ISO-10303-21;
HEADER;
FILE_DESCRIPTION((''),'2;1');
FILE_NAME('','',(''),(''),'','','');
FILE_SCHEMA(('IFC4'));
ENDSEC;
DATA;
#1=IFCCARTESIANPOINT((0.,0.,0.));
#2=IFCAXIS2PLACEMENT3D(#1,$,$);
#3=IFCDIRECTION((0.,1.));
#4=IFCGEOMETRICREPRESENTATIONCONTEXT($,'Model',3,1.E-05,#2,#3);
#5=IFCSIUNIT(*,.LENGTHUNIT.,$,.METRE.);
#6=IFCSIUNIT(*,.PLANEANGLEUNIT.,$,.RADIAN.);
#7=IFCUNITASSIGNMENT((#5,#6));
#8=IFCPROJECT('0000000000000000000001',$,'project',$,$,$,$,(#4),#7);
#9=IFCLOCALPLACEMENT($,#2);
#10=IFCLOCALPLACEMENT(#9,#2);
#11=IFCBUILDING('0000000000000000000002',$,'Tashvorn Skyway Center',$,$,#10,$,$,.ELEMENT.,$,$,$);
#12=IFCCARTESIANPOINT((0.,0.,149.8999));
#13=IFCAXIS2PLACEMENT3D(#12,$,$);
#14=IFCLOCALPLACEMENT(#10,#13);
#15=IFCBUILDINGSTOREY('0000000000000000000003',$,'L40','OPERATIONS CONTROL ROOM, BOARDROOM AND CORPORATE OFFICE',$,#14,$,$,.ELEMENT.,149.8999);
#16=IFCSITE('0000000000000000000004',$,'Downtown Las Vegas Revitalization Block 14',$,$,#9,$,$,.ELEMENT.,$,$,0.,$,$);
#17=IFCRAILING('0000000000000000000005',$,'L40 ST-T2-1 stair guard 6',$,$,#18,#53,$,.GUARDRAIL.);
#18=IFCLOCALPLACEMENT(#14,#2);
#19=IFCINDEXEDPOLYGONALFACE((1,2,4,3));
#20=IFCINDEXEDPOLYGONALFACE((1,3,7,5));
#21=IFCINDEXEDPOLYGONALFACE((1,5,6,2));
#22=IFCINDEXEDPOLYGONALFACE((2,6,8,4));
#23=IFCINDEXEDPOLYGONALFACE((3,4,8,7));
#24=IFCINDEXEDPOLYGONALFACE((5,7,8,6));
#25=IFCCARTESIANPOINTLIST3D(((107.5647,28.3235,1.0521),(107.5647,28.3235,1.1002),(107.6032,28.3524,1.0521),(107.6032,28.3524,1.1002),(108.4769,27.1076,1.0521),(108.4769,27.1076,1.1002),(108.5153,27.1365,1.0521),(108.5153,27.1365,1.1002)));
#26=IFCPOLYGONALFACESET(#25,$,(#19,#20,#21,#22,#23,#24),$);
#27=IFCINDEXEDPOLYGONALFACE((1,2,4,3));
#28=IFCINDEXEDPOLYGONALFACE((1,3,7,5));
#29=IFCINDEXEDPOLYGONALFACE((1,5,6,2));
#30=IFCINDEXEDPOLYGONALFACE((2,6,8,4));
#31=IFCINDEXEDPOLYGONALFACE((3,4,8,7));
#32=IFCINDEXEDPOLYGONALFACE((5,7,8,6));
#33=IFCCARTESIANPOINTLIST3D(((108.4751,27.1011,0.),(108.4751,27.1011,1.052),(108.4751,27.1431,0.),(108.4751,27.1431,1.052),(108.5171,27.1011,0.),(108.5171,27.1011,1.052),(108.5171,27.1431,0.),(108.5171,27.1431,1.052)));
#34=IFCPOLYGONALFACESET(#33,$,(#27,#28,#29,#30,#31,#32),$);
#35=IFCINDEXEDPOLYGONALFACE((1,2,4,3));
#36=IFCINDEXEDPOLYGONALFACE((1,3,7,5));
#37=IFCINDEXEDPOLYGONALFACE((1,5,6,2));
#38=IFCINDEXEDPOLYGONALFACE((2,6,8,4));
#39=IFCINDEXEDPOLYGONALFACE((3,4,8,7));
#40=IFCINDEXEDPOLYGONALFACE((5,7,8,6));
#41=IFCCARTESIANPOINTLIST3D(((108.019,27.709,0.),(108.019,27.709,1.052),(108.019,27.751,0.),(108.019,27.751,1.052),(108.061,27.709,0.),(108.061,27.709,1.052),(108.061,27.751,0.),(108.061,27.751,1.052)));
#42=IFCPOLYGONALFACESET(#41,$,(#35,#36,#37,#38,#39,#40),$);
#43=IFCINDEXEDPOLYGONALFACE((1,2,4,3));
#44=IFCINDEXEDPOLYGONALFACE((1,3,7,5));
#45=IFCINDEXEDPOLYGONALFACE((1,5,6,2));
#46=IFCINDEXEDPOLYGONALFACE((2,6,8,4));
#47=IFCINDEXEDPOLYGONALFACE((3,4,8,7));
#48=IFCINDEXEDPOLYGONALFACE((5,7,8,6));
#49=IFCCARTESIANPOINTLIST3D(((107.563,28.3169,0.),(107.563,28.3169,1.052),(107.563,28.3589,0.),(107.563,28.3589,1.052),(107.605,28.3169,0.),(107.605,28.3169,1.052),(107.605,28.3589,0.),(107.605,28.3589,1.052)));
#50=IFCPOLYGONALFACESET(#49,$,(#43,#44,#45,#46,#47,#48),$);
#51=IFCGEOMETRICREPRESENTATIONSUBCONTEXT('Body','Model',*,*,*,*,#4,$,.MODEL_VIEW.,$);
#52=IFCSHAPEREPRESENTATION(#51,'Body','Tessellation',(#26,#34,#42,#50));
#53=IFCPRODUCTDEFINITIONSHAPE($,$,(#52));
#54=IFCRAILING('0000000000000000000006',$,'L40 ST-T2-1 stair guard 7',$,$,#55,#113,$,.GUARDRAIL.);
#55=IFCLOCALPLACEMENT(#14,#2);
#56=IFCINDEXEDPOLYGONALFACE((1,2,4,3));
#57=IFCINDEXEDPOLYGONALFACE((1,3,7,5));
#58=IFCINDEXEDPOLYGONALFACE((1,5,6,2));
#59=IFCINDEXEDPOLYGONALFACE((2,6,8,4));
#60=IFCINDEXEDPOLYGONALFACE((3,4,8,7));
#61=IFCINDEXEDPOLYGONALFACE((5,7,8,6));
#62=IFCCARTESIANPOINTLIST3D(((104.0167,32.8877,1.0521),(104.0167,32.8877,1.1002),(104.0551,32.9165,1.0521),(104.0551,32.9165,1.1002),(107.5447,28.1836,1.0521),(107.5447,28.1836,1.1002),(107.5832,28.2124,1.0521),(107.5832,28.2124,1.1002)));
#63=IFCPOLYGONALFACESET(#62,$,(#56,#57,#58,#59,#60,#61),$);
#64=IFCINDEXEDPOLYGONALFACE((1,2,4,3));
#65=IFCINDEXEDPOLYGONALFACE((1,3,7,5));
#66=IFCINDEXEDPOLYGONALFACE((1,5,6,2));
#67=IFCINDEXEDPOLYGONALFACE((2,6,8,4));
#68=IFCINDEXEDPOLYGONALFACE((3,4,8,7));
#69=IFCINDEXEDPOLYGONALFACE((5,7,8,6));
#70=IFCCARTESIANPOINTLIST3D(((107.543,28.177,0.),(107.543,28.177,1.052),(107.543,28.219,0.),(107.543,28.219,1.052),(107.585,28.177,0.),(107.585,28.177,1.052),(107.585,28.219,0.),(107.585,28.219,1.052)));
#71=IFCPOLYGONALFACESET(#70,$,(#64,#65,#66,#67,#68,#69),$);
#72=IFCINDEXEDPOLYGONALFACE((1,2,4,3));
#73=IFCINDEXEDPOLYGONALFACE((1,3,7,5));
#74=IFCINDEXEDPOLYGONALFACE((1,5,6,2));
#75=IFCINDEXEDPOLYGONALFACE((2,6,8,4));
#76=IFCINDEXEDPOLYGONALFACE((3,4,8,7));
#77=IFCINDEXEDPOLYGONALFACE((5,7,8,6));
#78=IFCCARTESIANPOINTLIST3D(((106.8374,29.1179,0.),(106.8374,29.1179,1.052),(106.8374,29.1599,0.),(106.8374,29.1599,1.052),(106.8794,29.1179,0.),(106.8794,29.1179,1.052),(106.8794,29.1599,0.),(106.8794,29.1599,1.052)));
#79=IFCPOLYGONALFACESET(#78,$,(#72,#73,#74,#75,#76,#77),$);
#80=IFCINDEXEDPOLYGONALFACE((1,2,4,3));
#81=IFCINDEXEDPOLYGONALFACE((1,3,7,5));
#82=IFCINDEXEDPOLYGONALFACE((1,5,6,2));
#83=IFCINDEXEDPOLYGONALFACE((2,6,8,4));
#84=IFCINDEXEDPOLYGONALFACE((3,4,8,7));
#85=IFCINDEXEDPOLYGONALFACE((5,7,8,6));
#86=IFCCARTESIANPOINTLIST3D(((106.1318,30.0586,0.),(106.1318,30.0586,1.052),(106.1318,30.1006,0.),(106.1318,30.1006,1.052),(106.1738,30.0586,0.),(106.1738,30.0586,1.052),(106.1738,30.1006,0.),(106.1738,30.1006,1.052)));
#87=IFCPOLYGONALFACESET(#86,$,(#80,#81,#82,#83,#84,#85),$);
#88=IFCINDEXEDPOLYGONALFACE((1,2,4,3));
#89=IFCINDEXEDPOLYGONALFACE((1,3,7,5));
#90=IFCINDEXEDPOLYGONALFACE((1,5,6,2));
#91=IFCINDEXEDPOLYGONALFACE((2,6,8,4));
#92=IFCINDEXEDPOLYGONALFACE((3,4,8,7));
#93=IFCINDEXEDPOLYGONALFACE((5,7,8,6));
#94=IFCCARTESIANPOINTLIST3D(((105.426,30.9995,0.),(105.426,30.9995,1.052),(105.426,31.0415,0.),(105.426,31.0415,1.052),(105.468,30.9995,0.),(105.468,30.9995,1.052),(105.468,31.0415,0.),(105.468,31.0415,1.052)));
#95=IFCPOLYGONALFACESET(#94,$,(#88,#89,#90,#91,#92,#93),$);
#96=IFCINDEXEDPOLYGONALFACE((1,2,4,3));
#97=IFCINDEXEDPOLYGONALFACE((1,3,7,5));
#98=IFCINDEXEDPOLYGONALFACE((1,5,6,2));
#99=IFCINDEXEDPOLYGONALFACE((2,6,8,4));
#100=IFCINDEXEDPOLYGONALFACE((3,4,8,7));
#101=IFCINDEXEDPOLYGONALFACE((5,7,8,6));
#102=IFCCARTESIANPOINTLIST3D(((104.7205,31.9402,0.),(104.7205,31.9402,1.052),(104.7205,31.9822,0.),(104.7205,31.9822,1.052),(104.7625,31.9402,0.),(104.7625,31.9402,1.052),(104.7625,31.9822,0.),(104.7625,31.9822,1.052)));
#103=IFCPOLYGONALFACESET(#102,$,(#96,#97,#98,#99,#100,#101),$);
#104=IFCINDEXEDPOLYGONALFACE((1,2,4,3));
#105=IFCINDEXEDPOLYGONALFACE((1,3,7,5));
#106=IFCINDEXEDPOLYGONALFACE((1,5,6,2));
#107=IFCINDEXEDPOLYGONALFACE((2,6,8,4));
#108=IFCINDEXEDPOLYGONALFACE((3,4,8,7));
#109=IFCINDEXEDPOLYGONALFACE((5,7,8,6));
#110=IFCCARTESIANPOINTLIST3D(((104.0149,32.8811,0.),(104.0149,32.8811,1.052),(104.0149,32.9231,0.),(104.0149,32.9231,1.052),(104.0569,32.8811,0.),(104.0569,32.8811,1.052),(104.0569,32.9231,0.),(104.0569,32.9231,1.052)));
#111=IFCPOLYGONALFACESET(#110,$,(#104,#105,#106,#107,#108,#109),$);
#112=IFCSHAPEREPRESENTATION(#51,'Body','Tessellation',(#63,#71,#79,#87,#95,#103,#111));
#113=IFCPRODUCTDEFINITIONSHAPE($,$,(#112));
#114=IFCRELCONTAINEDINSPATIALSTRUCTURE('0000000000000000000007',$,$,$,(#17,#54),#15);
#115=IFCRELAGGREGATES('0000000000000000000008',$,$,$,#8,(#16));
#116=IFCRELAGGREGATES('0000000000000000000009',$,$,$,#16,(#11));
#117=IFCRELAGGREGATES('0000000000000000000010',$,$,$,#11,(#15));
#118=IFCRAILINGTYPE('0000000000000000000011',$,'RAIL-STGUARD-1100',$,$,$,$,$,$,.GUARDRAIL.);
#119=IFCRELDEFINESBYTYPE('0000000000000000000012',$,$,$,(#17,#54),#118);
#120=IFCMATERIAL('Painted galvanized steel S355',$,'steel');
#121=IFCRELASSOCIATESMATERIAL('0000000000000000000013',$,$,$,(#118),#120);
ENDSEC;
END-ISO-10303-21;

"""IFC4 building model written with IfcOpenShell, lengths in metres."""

from ifc_helpers import new_model, si_unit, direction, frame, origin, origin_2d, place, context, subcontext, project, spatial, rectangle, extrude, material, type_object, element, save


model = new_model("IFC4")

# Units and contexts
model_context = context("Model", 3, precision=1e-05, world=origin(), true_north=direction((0.0, 1.0)))
body_context = subcontext(model_context, "Body", "Model", "MODEL_VIEW")
ifc_project = project(units=[si_unit("LENGTHUNIT", "METRE"), si_unit("PLANEANGLEUNIT", "RADIAN")], contexts=[model_context])

# Site, building, storey
site_placement = place(None, origin())
site = spatial("IfcSite", under=ifc_project, at=site_placement, Name="Downtown Las Vegas Revitalization Block 14", CompositionType="ELEMENT", RefElevation=0.0)
building_placement = place(site_placement, origin())
building = spatial("IfcBuilding", under=site, at=building_placement, Name="Tashvorn Skyway Center", CompositionType="ELEMENT")
storey_placement = place(building_placement, frame((0.0, 0.0, 149.8999)))
storey = spatial("IfcBuildingStorey", under=building, at=storey_placement, Name="L40", Description="OPERATIONS CONTROL ROOM, BOARDROOM AND CORPORATE OFFICE", CompositionType="ELEMENT", Elevation=149.8999)

# Railings
ifc_material_1 = material(Name="Painted galvanized steel S355", Category="steel")
railing_type = type_object("IfcRailingType", Name="RAIL-STGUARD-1100", PredefinedType="GUARDRAIL", material=ifc_material_1)
railing_1_placement = place(storey_placement, frame((108.4961, 27.1221, 0.0)))
element("IfcRailing", 1, at=railing_1_placement, inside=storey, type_object=railing_type, Name="L40 ST-T2-1 stair guard 6", PredefinedType="GUARDRAIL", context=body_context, shape_type="SweptSolid", body=[
    extrude(rectangle(XDim=0.0481, YDim=0.0481, at=origin_2d()), frame((0.0, 0.0, 1.0762), z_axis=(-0.600103, 0.799923, 0.0), x_axis=(-0.799923, -0.600103, 0.0)), (0.0, 0.0, 1.0), 1.52),
    extrude(rectangle(XDim=0.042, YDim=0.042, at=origin_2d()), origin(), (0.0, 0.0, 1.0), 1.052),
    extrude(rectangle(XDim=0.042, YDim=0.042, at=origin_2d()), frame((-0.4561, 0.6079, 0.0)), (0.0, 0.0, 1.0), 1.052),
    extrude(rectangle(XDim=0.042, YDim=0.042, at=origin_2d()), frame((-0.9121, 1.2158, 0.0)), (0.0, 0.0, 1.0), 1.052),
])
railing_2_placement = place(storey_placement, frame((107.564, 28.198, 0.0)))
element("IfcRailing", 2, at=railing_2_placement, inside=storey, type_object=railing_type, Name="L40 ST-T2-1 stair guard 7", PredefinedType="GUARDRAIL", context=body_context, shape_type="SweptSolid", body=[
    extrude(rectangle(XDim=0.0481, YDim=0.0481, at=origin_2d()), frame((0.0, 0.0, 1.0762), z_axis=(-0.6, 0.8, 0.0), x_axis=(-0.8, -0.6, 0.0)), (0.0, 0.0, 1.0), 5.8801),
    extrude(rectangle(XDim=0.042, YDim=0.042, at=origin_2d()), origin(), (0.0, 0.0, 1.0), 1.052),
    extrude(rectangle(XDim=0.042, YDim=0.042, at=origin_2d()), frame((-0.7056, 0.9409, 0.0)), (0.0, 0.0, 1.0), 1.052),
    extrude(rectangle(XDim=0.042, YDim=0.042, at=origin_2d()), frame((-1.4111, 1.8816, 0.0)), (0.0, 0.0, 1.0), 1.052),
    extrude(rectangle(XDim=0.042, YDim=0.042, at=origin_2d()), frame((-2.1169, 2.8225, 0.0)), (0.0, 0.0, 1.0), 1.052),
    extrude(rectangle(XDim=0.042, YDim=0.042, at=origin_2d()), frame((-2.8225, 3.7632, 0.0)), (0.0, 0.0, 1.0), 1.052),
    extrude(rectangle(XDim=0.042, YDim=0.042, at=origin_2d()), frame((-3.5281, 4.7041, 0.0)), (0.0, 0.0, 1.0), 1.052),
])

save(model, "model.ifc")
